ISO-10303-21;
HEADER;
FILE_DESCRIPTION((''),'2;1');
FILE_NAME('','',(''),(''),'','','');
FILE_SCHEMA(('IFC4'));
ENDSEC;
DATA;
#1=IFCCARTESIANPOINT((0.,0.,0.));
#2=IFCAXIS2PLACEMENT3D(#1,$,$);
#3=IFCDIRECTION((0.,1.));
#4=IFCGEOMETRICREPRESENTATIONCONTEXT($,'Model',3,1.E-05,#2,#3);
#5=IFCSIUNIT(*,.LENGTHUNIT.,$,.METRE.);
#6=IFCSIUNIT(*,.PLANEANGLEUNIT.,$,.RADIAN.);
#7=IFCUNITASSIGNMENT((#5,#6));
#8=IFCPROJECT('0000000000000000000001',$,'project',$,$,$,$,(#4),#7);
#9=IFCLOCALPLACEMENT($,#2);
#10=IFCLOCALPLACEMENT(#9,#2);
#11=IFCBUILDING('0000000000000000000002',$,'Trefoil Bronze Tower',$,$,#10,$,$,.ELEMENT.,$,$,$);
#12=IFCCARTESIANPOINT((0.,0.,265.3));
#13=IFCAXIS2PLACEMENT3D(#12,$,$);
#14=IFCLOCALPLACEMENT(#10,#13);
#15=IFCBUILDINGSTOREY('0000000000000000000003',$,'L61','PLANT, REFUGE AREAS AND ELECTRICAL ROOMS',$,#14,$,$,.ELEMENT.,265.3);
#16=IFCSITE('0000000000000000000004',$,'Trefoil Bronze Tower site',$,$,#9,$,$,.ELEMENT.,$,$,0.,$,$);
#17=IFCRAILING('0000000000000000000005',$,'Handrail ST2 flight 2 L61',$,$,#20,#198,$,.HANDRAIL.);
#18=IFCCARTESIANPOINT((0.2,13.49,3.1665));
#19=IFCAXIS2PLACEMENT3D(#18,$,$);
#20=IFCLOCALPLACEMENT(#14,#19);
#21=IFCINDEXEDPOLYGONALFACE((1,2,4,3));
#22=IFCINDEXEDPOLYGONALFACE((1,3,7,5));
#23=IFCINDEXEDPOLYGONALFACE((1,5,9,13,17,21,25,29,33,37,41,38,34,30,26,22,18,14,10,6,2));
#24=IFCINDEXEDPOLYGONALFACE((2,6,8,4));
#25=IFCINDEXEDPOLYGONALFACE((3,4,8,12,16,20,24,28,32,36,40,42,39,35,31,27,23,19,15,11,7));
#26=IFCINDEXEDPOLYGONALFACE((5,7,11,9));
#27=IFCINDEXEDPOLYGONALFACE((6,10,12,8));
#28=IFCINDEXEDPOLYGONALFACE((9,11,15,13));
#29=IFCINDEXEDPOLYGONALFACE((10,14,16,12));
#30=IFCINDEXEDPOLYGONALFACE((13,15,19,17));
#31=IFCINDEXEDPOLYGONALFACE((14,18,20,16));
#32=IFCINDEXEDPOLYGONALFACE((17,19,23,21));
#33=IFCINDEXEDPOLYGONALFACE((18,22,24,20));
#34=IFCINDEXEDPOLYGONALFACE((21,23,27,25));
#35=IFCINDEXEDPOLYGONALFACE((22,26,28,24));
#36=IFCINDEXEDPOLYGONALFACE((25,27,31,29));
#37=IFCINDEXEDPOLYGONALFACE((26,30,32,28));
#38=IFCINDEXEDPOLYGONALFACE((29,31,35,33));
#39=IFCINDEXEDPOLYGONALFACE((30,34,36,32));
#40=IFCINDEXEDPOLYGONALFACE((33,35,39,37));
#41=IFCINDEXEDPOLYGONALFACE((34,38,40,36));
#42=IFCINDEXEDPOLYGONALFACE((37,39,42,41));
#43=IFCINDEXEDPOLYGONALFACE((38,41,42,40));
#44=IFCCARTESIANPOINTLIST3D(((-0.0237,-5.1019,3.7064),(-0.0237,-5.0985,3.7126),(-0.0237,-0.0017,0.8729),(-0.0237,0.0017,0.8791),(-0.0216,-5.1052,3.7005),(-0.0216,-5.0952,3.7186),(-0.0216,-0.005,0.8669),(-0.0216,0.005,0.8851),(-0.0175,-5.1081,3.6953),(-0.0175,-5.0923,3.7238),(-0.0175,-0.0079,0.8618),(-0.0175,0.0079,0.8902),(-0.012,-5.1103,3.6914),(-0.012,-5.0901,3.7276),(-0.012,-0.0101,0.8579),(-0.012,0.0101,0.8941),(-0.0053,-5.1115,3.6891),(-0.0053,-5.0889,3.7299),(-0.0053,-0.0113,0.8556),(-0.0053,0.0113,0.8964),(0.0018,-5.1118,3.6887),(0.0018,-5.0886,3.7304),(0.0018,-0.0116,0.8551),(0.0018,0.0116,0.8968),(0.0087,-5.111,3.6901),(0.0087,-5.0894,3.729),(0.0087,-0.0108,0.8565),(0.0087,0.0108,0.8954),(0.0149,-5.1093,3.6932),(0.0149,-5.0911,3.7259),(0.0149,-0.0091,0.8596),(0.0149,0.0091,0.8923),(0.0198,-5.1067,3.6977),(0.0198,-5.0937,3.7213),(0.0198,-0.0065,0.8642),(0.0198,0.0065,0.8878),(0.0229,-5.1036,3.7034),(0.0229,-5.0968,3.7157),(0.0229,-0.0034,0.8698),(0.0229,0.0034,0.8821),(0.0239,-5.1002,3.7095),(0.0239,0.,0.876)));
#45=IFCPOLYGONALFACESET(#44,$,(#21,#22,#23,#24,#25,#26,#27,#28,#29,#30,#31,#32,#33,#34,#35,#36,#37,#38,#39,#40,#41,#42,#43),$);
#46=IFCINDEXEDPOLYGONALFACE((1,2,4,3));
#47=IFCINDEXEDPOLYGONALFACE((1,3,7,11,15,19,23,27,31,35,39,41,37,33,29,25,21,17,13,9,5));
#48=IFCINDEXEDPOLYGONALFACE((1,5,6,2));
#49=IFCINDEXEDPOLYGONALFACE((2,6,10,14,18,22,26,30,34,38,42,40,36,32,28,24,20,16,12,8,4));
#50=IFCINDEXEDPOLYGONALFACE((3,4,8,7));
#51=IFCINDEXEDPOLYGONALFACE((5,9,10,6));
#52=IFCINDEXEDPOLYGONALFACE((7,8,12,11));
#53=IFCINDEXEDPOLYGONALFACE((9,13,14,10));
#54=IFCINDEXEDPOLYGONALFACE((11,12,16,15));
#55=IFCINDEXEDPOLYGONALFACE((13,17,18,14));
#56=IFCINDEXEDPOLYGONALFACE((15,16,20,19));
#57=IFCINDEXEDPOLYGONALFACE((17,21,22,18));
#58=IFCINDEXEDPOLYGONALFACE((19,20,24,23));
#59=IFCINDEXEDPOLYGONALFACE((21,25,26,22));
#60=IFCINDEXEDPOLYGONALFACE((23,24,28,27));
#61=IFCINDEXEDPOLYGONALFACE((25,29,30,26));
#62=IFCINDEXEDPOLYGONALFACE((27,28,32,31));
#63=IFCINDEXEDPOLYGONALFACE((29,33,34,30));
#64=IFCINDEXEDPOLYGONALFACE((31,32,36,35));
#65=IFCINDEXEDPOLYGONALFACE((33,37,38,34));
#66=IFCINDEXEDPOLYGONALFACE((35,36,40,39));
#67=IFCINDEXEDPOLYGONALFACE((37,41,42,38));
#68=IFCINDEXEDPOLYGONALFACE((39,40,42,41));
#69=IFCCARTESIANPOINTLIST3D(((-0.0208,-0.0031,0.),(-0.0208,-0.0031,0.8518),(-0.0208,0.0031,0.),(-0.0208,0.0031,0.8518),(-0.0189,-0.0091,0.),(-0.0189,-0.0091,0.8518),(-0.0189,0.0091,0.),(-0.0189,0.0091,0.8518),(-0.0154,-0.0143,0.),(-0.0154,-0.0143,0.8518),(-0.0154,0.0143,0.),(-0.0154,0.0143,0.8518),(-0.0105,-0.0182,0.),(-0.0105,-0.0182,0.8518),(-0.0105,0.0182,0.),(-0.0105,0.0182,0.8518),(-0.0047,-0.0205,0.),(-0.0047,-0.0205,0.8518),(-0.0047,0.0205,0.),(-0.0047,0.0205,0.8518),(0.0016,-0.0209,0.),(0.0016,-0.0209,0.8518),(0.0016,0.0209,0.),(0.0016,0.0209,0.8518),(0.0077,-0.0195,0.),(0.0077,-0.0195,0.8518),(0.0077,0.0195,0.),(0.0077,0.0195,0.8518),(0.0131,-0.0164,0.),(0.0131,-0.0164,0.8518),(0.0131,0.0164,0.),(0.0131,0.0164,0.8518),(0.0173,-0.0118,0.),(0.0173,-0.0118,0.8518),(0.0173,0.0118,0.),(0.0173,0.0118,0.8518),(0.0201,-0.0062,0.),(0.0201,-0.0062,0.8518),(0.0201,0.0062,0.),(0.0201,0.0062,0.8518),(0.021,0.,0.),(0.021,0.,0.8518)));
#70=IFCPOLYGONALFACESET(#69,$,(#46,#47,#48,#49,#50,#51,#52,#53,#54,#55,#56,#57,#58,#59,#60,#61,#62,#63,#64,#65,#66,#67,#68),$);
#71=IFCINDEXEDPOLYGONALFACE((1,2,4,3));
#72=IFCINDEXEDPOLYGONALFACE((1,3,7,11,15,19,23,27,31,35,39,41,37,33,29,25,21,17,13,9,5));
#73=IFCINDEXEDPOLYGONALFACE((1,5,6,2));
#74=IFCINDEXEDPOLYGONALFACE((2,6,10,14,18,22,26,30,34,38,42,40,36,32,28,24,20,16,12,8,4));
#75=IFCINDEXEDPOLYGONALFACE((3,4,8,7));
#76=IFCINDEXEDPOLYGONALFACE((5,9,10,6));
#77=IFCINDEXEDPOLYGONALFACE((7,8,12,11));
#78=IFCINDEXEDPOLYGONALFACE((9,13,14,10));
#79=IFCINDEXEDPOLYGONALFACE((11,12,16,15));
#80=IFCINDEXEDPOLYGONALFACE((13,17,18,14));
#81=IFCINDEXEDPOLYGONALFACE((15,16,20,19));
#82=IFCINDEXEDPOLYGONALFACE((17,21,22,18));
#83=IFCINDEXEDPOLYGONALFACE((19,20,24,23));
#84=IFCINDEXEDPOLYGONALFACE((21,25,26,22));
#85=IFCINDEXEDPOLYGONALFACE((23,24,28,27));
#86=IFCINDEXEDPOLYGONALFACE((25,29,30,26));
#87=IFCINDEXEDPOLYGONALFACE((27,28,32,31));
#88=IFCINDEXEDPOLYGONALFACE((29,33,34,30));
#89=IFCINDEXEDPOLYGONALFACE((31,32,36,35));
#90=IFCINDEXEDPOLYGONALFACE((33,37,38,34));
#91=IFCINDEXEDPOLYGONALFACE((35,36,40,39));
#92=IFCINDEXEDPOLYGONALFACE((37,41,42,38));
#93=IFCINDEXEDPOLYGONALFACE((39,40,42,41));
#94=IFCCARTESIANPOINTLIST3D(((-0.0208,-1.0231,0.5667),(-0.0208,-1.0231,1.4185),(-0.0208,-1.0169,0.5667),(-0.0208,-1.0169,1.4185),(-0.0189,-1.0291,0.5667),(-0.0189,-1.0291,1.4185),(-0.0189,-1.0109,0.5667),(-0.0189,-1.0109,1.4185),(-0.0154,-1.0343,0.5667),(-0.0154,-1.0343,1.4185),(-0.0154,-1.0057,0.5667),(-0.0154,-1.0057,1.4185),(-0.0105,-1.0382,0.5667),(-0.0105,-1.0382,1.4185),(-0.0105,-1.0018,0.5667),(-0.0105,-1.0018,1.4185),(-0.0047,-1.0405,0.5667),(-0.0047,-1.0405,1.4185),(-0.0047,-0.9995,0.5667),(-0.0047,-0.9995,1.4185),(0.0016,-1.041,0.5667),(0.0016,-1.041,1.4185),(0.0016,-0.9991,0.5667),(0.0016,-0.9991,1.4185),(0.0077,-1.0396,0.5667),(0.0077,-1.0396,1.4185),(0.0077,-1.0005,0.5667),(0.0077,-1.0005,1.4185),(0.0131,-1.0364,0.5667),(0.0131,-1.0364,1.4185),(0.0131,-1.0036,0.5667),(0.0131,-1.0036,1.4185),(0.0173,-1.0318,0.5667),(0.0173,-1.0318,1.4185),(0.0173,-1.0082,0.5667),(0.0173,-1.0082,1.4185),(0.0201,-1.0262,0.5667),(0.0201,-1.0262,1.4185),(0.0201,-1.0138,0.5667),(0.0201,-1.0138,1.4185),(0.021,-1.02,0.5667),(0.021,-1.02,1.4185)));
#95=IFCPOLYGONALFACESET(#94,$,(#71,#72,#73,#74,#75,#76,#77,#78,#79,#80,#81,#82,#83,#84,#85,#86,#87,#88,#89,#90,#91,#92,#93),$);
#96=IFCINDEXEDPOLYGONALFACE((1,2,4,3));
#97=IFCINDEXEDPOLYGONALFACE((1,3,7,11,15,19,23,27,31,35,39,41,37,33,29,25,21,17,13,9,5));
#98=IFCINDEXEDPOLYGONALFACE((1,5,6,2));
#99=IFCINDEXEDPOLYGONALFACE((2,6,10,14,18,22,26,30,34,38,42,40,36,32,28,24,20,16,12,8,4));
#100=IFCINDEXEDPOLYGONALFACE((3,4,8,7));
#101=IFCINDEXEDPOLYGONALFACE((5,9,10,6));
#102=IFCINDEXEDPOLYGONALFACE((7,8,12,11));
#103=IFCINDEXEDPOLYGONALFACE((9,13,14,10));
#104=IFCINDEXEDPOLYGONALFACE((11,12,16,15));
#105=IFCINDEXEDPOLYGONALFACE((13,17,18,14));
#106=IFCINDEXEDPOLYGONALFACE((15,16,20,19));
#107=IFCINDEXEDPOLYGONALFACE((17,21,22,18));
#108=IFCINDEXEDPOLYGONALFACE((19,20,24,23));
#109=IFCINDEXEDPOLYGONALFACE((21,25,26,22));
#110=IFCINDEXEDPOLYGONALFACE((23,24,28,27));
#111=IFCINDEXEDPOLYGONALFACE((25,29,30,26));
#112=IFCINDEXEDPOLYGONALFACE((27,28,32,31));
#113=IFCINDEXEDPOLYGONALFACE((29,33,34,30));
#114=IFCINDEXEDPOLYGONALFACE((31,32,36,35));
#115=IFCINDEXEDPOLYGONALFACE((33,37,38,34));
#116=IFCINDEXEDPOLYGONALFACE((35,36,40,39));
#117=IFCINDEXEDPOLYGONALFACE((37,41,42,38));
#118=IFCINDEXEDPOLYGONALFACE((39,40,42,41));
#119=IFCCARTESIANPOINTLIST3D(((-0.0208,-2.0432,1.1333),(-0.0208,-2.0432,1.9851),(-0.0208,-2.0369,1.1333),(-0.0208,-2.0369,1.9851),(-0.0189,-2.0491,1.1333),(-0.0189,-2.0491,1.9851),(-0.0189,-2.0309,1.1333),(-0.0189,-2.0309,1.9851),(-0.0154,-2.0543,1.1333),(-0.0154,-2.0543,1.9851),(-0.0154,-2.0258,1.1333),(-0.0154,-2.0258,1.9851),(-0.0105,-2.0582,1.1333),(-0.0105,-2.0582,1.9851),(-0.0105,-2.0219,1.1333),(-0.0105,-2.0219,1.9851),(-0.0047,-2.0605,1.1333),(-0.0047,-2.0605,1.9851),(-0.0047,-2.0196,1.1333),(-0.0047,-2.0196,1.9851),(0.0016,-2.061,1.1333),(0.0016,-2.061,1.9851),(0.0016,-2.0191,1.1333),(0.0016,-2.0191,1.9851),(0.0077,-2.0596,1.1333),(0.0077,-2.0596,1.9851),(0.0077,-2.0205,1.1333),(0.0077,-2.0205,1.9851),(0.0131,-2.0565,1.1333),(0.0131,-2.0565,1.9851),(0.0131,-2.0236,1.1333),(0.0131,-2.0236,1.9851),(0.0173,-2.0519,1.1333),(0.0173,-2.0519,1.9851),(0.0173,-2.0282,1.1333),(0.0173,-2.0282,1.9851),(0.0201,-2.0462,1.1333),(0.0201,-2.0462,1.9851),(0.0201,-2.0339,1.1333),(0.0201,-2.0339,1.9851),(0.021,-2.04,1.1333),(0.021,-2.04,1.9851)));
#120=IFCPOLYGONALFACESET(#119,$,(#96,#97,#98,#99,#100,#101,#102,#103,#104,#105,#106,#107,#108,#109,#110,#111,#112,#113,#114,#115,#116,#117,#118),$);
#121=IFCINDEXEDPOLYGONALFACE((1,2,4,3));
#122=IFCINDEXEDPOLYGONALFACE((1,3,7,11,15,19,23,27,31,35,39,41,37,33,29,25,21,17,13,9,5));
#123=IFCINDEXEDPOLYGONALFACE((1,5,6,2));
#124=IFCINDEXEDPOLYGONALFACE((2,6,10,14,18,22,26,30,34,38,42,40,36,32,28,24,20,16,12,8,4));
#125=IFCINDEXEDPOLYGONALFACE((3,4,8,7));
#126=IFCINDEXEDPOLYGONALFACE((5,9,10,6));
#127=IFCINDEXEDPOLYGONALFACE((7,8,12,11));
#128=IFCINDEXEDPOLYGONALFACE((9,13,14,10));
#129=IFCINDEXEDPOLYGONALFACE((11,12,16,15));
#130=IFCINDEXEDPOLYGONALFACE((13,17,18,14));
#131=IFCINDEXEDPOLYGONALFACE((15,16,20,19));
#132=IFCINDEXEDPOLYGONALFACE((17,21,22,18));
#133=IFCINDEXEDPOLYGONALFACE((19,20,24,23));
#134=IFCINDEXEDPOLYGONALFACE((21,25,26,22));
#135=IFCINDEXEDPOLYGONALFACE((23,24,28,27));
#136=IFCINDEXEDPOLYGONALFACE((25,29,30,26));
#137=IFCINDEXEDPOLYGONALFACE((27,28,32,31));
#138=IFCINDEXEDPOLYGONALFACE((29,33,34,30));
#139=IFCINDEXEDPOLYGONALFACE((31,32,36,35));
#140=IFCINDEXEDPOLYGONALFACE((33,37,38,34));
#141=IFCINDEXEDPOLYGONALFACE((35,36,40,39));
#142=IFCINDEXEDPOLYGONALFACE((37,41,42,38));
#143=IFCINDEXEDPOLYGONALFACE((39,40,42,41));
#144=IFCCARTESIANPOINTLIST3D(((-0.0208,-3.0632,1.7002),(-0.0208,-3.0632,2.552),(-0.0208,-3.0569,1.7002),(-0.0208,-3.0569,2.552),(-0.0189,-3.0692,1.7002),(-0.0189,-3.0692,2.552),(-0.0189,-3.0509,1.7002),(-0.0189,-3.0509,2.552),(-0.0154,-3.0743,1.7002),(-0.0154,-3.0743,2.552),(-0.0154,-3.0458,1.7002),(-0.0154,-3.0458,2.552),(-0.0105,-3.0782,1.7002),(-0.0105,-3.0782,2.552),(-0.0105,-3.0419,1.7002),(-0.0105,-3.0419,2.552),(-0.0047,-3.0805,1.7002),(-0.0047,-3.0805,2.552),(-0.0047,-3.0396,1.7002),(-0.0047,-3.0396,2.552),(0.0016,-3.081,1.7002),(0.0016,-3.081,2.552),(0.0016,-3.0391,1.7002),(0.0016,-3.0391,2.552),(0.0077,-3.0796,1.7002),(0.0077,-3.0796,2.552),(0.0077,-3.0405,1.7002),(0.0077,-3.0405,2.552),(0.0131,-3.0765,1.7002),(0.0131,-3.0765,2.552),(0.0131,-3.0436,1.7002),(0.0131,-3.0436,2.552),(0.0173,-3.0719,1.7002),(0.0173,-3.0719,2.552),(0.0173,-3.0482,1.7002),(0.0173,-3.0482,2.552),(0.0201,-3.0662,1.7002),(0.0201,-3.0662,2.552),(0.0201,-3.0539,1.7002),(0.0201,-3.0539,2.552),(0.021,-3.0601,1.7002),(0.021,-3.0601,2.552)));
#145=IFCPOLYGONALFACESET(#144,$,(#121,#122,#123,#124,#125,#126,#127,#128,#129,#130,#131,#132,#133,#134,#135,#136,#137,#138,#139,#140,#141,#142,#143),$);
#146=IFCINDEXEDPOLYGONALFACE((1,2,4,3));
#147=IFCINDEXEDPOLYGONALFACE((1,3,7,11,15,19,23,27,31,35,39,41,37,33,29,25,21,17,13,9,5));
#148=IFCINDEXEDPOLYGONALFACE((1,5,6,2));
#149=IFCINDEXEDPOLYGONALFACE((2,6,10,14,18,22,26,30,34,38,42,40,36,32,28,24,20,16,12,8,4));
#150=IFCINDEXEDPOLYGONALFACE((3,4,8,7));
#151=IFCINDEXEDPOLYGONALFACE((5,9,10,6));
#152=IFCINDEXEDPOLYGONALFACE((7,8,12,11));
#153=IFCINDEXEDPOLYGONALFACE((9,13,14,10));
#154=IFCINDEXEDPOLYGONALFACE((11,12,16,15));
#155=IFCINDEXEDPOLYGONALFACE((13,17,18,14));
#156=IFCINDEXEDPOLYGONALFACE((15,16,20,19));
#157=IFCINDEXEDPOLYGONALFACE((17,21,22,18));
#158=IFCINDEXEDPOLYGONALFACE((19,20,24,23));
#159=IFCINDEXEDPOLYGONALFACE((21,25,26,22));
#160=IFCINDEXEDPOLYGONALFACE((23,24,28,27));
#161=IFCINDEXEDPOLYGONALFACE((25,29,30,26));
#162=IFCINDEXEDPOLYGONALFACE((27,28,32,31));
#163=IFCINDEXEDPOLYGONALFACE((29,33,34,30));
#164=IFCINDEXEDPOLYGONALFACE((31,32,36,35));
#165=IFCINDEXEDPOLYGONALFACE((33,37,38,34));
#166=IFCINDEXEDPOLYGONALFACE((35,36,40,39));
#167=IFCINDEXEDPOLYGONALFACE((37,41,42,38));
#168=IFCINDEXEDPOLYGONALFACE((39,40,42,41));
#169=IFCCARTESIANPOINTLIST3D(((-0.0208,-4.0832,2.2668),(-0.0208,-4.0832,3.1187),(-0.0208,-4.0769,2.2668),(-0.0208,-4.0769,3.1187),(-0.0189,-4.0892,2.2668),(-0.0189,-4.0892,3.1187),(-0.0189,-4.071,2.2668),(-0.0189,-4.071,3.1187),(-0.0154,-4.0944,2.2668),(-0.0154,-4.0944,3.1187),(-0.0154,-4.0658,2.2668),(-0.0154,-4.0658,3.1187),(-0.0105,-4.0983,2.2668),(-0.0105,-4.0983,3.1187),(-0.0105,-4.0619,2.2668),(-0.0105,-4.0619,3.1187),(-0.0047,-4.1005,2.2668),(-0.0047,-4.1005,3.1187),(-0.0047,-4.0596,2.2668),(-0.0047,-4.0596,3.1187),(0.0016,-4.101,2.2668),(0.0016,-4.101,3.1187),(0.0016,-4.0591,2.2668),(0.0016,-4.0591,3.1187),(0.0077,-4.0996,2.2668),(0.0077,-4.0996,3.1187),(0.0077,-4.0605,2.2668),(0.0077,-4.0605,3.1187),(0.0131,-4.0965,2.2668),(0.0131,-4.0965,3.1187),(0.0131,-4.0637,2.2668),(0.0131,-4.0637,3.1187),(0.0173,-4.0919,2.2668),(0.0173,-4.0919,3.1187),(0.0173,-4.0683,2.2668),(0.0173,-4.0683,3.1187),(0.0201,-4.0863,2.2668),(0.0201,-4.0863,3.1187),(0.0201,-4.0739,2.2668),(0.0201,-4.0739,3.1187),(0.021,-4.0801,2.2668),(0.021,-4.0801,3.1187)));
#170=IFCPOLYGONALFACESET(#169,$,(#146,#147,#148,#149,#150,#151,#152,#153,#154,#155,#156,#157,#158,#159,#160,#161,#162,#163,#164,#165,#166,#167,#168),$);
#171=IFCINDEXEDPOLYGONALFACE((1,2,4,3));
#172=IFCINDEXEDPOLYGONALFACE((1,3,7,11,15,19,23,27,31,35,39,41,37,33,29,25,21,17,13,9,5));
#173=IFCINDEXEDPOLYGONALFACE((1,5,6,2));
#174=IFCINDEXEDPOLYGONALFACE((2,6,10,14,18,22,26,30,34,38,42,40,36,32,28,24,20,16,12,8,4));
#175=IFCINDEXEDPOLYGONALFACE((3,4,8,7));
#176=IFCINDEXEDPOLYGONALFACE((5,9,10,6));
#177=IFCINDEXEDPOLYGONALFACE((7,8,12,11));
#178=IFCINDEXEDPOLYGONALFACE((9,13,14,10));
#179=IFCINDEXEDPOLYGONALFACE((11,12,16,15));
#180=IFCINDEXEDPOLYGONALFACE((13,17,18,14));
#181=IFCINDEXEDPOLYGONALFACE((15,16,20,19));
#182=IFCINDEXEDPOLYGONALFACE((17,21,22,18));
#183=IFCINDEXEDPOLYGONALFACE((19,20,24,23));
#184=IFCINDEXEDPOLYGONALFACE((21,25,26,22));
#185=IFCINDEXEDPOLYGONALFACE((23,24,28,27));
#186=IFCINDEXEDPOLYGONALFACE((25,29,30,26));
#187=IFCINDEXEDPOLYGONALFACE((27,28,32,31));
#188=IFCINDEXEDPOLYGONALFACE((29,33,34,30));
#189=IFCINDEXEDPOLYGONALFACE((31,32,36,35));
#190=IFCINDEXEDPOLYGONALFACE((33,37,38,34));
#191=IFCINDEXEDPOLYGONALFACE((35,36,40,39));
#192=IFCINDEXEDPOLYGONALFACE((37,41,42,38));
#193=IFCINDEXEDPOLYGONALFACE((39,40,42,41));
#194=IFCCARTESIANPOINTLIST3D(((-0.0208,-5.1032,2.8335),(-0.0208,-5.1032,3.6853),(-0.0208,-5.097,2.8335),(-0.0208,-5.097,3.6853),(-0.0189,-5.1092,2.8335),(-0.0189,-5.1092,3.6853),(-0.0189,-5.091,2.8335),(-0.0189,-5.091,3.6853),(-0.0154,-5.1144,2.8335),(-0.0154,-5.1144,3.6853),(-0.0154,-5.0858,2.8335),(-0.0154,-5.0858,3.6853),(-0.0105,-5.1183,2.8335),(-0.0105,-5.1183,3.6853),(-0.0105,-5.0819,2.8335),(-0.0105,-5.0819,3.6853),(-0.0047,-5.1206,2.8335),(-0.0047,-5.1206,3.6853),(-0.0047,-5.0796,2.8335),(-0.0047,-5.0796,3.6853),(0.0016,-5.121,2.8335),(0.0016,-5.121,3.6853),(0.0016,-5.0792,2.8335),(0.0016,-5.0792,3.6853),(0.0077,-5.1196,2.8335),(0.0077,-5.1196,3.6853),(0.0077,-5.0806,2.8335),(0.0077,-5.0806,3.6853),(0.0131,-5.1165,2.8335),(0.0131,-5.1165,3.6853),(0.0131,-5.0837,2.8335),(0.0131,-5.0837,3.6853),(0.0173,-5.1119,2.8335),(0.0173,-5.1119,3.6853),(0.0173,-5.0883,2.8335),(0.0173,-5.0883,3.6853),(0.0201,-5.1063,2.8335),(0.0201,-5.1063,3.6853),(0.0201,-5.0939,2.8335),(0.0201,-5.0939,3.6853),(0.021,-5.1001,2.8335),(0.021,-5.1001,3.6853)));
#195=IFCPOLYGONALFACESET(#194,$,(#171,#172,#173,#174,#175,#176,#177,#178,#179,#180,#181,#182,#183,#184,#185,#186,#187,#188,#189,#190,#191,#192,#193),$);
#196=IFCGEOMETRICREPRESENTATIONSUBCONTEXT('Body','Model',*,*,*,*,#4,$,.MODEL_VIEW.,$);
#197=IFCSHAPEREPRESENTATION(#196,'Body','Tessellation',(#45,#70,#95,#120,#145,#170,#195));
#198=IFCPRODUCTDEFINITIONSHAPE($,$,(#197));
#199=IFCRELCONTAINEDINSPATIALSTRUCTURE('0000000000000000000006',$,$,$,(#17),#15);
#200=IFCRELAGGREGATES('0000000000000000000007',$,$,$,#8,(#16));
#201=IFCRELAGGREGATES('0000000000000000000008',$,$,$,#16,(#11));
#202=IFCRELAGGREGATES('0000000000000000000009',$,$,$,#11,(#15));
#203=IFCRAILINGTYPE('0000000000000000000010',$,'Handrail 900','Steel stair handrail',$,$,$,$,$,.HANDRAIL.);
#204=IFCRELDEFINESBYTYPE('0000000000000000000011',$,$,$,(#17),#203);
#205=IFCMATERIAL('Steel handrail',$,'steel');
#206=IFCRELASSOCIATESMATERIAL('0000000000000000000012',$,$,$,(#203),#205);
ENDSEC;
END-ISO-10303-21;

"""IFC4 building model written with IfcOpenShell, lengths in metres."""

from ifc_helpers import new_model, si_unit, direction, frame, origin, origin_2d, place, context, subcontext, project, spatial, circle, extrude, material, type_object, element, save


model = new_model("IFC4")

# Units and contexts
model_context = context("Model", 3, precision=1e-05, world=origin(), true_north=direction((0.0, 1.0)))
body_context = subcontext(model_context, "Body", "Model", "MODEL_VIEW")
ifc_project = project(units=[si_unit("LENGTHUNIT", "METRE"), si_unit("PLANEANGLEUNIT", "RADIAN")], contexts=[model_context])

# Site, building, storey
site_placement = place(None, origin())
site = spatial("IfcSite", under=ifc_project, at=site_placement, Name="Trefoil Bronze Tower site", CompositionType="ELEMENT", RefElevation=0.0)
building_placement = place(site_placement, origin())
building = spatial("IfcBuilding", under=site, at=building_placement, Name="Trefoil Bronze Tower", CompositionType="ELEMENT")
storey_placement = place(building_placement, frame((0.0, 0.0, 265.3)))
storey = spatial("IfcBuildingStorey", under=building, at=storey_placement, Name="L61", Description="PLANT, REFUGE AREAS AND ELECTRICAL ROOMS", CompositionType="ELEMENT", Elevation=265.3)

# Railing
ifc_material_1 = material(Name="Steel handrail", Category="steel")
railing_type = type_object("IfcRailingType", Name="Handrail 900", Description="Steel stair handrail", PredefinedType="HANDRAIL", material=ifc_material_1)
railing_placement = place(storey_placement, frame((0.2, 13.49, 3.1665)))
element("IfcRailing", 1, at=railing_placement, inside=storey, type_object=railing_type, Name="Handrail ST2 flight 2 L61", PredefinedType="HANDRAIL", context=body_context, shape_type="SweptSolid", body=[
    extrude(circle(Radius=0.0239, at=origin_2d()), frame((0.0, 0.0, 0.876), z_axis=(0.0, -0.874149, 0.485657), x_axis=(1.0, 0.0, 0.0)), (0.0, 0.0, 1.0), 5.8345),
    extrude(circle(Radius=0.021, at=origin_2d()), origin(), (0.0, 0.0, 1.0), 0.8518),
    extrude(circle(Radius=0.021, at=origin_2d()), frame((0.0, -1.02, 0.5667)), (0.0, 0.0, 1.0), 0.8518),
    extrude(circle(Radius=0.021, at=origin_2d()), frame((0.0, -2.04, 1.1333)), (0.0, 0.0, 1.0), 0.8518),
    extrude(circle(Radius=0.021, at=origin_2d()), frame((0.0, -3.0601, 1.7002)), (0.0, 0.0, 1.0), 0.8518),
    extrude(circle(Radius=0.021, at=origin_2d()), frame((0.0, -4.0801, 2.2668)), (0.0, 0.0, 1.0), 0.8518),
    extrude(circle(Radius=0.021, at=origin_2d()), frame((0.0, -5.1001, 2.8335)), (0.0, 0.0, 1.0), 0.8518),
])

save(model, "model.ifc")
